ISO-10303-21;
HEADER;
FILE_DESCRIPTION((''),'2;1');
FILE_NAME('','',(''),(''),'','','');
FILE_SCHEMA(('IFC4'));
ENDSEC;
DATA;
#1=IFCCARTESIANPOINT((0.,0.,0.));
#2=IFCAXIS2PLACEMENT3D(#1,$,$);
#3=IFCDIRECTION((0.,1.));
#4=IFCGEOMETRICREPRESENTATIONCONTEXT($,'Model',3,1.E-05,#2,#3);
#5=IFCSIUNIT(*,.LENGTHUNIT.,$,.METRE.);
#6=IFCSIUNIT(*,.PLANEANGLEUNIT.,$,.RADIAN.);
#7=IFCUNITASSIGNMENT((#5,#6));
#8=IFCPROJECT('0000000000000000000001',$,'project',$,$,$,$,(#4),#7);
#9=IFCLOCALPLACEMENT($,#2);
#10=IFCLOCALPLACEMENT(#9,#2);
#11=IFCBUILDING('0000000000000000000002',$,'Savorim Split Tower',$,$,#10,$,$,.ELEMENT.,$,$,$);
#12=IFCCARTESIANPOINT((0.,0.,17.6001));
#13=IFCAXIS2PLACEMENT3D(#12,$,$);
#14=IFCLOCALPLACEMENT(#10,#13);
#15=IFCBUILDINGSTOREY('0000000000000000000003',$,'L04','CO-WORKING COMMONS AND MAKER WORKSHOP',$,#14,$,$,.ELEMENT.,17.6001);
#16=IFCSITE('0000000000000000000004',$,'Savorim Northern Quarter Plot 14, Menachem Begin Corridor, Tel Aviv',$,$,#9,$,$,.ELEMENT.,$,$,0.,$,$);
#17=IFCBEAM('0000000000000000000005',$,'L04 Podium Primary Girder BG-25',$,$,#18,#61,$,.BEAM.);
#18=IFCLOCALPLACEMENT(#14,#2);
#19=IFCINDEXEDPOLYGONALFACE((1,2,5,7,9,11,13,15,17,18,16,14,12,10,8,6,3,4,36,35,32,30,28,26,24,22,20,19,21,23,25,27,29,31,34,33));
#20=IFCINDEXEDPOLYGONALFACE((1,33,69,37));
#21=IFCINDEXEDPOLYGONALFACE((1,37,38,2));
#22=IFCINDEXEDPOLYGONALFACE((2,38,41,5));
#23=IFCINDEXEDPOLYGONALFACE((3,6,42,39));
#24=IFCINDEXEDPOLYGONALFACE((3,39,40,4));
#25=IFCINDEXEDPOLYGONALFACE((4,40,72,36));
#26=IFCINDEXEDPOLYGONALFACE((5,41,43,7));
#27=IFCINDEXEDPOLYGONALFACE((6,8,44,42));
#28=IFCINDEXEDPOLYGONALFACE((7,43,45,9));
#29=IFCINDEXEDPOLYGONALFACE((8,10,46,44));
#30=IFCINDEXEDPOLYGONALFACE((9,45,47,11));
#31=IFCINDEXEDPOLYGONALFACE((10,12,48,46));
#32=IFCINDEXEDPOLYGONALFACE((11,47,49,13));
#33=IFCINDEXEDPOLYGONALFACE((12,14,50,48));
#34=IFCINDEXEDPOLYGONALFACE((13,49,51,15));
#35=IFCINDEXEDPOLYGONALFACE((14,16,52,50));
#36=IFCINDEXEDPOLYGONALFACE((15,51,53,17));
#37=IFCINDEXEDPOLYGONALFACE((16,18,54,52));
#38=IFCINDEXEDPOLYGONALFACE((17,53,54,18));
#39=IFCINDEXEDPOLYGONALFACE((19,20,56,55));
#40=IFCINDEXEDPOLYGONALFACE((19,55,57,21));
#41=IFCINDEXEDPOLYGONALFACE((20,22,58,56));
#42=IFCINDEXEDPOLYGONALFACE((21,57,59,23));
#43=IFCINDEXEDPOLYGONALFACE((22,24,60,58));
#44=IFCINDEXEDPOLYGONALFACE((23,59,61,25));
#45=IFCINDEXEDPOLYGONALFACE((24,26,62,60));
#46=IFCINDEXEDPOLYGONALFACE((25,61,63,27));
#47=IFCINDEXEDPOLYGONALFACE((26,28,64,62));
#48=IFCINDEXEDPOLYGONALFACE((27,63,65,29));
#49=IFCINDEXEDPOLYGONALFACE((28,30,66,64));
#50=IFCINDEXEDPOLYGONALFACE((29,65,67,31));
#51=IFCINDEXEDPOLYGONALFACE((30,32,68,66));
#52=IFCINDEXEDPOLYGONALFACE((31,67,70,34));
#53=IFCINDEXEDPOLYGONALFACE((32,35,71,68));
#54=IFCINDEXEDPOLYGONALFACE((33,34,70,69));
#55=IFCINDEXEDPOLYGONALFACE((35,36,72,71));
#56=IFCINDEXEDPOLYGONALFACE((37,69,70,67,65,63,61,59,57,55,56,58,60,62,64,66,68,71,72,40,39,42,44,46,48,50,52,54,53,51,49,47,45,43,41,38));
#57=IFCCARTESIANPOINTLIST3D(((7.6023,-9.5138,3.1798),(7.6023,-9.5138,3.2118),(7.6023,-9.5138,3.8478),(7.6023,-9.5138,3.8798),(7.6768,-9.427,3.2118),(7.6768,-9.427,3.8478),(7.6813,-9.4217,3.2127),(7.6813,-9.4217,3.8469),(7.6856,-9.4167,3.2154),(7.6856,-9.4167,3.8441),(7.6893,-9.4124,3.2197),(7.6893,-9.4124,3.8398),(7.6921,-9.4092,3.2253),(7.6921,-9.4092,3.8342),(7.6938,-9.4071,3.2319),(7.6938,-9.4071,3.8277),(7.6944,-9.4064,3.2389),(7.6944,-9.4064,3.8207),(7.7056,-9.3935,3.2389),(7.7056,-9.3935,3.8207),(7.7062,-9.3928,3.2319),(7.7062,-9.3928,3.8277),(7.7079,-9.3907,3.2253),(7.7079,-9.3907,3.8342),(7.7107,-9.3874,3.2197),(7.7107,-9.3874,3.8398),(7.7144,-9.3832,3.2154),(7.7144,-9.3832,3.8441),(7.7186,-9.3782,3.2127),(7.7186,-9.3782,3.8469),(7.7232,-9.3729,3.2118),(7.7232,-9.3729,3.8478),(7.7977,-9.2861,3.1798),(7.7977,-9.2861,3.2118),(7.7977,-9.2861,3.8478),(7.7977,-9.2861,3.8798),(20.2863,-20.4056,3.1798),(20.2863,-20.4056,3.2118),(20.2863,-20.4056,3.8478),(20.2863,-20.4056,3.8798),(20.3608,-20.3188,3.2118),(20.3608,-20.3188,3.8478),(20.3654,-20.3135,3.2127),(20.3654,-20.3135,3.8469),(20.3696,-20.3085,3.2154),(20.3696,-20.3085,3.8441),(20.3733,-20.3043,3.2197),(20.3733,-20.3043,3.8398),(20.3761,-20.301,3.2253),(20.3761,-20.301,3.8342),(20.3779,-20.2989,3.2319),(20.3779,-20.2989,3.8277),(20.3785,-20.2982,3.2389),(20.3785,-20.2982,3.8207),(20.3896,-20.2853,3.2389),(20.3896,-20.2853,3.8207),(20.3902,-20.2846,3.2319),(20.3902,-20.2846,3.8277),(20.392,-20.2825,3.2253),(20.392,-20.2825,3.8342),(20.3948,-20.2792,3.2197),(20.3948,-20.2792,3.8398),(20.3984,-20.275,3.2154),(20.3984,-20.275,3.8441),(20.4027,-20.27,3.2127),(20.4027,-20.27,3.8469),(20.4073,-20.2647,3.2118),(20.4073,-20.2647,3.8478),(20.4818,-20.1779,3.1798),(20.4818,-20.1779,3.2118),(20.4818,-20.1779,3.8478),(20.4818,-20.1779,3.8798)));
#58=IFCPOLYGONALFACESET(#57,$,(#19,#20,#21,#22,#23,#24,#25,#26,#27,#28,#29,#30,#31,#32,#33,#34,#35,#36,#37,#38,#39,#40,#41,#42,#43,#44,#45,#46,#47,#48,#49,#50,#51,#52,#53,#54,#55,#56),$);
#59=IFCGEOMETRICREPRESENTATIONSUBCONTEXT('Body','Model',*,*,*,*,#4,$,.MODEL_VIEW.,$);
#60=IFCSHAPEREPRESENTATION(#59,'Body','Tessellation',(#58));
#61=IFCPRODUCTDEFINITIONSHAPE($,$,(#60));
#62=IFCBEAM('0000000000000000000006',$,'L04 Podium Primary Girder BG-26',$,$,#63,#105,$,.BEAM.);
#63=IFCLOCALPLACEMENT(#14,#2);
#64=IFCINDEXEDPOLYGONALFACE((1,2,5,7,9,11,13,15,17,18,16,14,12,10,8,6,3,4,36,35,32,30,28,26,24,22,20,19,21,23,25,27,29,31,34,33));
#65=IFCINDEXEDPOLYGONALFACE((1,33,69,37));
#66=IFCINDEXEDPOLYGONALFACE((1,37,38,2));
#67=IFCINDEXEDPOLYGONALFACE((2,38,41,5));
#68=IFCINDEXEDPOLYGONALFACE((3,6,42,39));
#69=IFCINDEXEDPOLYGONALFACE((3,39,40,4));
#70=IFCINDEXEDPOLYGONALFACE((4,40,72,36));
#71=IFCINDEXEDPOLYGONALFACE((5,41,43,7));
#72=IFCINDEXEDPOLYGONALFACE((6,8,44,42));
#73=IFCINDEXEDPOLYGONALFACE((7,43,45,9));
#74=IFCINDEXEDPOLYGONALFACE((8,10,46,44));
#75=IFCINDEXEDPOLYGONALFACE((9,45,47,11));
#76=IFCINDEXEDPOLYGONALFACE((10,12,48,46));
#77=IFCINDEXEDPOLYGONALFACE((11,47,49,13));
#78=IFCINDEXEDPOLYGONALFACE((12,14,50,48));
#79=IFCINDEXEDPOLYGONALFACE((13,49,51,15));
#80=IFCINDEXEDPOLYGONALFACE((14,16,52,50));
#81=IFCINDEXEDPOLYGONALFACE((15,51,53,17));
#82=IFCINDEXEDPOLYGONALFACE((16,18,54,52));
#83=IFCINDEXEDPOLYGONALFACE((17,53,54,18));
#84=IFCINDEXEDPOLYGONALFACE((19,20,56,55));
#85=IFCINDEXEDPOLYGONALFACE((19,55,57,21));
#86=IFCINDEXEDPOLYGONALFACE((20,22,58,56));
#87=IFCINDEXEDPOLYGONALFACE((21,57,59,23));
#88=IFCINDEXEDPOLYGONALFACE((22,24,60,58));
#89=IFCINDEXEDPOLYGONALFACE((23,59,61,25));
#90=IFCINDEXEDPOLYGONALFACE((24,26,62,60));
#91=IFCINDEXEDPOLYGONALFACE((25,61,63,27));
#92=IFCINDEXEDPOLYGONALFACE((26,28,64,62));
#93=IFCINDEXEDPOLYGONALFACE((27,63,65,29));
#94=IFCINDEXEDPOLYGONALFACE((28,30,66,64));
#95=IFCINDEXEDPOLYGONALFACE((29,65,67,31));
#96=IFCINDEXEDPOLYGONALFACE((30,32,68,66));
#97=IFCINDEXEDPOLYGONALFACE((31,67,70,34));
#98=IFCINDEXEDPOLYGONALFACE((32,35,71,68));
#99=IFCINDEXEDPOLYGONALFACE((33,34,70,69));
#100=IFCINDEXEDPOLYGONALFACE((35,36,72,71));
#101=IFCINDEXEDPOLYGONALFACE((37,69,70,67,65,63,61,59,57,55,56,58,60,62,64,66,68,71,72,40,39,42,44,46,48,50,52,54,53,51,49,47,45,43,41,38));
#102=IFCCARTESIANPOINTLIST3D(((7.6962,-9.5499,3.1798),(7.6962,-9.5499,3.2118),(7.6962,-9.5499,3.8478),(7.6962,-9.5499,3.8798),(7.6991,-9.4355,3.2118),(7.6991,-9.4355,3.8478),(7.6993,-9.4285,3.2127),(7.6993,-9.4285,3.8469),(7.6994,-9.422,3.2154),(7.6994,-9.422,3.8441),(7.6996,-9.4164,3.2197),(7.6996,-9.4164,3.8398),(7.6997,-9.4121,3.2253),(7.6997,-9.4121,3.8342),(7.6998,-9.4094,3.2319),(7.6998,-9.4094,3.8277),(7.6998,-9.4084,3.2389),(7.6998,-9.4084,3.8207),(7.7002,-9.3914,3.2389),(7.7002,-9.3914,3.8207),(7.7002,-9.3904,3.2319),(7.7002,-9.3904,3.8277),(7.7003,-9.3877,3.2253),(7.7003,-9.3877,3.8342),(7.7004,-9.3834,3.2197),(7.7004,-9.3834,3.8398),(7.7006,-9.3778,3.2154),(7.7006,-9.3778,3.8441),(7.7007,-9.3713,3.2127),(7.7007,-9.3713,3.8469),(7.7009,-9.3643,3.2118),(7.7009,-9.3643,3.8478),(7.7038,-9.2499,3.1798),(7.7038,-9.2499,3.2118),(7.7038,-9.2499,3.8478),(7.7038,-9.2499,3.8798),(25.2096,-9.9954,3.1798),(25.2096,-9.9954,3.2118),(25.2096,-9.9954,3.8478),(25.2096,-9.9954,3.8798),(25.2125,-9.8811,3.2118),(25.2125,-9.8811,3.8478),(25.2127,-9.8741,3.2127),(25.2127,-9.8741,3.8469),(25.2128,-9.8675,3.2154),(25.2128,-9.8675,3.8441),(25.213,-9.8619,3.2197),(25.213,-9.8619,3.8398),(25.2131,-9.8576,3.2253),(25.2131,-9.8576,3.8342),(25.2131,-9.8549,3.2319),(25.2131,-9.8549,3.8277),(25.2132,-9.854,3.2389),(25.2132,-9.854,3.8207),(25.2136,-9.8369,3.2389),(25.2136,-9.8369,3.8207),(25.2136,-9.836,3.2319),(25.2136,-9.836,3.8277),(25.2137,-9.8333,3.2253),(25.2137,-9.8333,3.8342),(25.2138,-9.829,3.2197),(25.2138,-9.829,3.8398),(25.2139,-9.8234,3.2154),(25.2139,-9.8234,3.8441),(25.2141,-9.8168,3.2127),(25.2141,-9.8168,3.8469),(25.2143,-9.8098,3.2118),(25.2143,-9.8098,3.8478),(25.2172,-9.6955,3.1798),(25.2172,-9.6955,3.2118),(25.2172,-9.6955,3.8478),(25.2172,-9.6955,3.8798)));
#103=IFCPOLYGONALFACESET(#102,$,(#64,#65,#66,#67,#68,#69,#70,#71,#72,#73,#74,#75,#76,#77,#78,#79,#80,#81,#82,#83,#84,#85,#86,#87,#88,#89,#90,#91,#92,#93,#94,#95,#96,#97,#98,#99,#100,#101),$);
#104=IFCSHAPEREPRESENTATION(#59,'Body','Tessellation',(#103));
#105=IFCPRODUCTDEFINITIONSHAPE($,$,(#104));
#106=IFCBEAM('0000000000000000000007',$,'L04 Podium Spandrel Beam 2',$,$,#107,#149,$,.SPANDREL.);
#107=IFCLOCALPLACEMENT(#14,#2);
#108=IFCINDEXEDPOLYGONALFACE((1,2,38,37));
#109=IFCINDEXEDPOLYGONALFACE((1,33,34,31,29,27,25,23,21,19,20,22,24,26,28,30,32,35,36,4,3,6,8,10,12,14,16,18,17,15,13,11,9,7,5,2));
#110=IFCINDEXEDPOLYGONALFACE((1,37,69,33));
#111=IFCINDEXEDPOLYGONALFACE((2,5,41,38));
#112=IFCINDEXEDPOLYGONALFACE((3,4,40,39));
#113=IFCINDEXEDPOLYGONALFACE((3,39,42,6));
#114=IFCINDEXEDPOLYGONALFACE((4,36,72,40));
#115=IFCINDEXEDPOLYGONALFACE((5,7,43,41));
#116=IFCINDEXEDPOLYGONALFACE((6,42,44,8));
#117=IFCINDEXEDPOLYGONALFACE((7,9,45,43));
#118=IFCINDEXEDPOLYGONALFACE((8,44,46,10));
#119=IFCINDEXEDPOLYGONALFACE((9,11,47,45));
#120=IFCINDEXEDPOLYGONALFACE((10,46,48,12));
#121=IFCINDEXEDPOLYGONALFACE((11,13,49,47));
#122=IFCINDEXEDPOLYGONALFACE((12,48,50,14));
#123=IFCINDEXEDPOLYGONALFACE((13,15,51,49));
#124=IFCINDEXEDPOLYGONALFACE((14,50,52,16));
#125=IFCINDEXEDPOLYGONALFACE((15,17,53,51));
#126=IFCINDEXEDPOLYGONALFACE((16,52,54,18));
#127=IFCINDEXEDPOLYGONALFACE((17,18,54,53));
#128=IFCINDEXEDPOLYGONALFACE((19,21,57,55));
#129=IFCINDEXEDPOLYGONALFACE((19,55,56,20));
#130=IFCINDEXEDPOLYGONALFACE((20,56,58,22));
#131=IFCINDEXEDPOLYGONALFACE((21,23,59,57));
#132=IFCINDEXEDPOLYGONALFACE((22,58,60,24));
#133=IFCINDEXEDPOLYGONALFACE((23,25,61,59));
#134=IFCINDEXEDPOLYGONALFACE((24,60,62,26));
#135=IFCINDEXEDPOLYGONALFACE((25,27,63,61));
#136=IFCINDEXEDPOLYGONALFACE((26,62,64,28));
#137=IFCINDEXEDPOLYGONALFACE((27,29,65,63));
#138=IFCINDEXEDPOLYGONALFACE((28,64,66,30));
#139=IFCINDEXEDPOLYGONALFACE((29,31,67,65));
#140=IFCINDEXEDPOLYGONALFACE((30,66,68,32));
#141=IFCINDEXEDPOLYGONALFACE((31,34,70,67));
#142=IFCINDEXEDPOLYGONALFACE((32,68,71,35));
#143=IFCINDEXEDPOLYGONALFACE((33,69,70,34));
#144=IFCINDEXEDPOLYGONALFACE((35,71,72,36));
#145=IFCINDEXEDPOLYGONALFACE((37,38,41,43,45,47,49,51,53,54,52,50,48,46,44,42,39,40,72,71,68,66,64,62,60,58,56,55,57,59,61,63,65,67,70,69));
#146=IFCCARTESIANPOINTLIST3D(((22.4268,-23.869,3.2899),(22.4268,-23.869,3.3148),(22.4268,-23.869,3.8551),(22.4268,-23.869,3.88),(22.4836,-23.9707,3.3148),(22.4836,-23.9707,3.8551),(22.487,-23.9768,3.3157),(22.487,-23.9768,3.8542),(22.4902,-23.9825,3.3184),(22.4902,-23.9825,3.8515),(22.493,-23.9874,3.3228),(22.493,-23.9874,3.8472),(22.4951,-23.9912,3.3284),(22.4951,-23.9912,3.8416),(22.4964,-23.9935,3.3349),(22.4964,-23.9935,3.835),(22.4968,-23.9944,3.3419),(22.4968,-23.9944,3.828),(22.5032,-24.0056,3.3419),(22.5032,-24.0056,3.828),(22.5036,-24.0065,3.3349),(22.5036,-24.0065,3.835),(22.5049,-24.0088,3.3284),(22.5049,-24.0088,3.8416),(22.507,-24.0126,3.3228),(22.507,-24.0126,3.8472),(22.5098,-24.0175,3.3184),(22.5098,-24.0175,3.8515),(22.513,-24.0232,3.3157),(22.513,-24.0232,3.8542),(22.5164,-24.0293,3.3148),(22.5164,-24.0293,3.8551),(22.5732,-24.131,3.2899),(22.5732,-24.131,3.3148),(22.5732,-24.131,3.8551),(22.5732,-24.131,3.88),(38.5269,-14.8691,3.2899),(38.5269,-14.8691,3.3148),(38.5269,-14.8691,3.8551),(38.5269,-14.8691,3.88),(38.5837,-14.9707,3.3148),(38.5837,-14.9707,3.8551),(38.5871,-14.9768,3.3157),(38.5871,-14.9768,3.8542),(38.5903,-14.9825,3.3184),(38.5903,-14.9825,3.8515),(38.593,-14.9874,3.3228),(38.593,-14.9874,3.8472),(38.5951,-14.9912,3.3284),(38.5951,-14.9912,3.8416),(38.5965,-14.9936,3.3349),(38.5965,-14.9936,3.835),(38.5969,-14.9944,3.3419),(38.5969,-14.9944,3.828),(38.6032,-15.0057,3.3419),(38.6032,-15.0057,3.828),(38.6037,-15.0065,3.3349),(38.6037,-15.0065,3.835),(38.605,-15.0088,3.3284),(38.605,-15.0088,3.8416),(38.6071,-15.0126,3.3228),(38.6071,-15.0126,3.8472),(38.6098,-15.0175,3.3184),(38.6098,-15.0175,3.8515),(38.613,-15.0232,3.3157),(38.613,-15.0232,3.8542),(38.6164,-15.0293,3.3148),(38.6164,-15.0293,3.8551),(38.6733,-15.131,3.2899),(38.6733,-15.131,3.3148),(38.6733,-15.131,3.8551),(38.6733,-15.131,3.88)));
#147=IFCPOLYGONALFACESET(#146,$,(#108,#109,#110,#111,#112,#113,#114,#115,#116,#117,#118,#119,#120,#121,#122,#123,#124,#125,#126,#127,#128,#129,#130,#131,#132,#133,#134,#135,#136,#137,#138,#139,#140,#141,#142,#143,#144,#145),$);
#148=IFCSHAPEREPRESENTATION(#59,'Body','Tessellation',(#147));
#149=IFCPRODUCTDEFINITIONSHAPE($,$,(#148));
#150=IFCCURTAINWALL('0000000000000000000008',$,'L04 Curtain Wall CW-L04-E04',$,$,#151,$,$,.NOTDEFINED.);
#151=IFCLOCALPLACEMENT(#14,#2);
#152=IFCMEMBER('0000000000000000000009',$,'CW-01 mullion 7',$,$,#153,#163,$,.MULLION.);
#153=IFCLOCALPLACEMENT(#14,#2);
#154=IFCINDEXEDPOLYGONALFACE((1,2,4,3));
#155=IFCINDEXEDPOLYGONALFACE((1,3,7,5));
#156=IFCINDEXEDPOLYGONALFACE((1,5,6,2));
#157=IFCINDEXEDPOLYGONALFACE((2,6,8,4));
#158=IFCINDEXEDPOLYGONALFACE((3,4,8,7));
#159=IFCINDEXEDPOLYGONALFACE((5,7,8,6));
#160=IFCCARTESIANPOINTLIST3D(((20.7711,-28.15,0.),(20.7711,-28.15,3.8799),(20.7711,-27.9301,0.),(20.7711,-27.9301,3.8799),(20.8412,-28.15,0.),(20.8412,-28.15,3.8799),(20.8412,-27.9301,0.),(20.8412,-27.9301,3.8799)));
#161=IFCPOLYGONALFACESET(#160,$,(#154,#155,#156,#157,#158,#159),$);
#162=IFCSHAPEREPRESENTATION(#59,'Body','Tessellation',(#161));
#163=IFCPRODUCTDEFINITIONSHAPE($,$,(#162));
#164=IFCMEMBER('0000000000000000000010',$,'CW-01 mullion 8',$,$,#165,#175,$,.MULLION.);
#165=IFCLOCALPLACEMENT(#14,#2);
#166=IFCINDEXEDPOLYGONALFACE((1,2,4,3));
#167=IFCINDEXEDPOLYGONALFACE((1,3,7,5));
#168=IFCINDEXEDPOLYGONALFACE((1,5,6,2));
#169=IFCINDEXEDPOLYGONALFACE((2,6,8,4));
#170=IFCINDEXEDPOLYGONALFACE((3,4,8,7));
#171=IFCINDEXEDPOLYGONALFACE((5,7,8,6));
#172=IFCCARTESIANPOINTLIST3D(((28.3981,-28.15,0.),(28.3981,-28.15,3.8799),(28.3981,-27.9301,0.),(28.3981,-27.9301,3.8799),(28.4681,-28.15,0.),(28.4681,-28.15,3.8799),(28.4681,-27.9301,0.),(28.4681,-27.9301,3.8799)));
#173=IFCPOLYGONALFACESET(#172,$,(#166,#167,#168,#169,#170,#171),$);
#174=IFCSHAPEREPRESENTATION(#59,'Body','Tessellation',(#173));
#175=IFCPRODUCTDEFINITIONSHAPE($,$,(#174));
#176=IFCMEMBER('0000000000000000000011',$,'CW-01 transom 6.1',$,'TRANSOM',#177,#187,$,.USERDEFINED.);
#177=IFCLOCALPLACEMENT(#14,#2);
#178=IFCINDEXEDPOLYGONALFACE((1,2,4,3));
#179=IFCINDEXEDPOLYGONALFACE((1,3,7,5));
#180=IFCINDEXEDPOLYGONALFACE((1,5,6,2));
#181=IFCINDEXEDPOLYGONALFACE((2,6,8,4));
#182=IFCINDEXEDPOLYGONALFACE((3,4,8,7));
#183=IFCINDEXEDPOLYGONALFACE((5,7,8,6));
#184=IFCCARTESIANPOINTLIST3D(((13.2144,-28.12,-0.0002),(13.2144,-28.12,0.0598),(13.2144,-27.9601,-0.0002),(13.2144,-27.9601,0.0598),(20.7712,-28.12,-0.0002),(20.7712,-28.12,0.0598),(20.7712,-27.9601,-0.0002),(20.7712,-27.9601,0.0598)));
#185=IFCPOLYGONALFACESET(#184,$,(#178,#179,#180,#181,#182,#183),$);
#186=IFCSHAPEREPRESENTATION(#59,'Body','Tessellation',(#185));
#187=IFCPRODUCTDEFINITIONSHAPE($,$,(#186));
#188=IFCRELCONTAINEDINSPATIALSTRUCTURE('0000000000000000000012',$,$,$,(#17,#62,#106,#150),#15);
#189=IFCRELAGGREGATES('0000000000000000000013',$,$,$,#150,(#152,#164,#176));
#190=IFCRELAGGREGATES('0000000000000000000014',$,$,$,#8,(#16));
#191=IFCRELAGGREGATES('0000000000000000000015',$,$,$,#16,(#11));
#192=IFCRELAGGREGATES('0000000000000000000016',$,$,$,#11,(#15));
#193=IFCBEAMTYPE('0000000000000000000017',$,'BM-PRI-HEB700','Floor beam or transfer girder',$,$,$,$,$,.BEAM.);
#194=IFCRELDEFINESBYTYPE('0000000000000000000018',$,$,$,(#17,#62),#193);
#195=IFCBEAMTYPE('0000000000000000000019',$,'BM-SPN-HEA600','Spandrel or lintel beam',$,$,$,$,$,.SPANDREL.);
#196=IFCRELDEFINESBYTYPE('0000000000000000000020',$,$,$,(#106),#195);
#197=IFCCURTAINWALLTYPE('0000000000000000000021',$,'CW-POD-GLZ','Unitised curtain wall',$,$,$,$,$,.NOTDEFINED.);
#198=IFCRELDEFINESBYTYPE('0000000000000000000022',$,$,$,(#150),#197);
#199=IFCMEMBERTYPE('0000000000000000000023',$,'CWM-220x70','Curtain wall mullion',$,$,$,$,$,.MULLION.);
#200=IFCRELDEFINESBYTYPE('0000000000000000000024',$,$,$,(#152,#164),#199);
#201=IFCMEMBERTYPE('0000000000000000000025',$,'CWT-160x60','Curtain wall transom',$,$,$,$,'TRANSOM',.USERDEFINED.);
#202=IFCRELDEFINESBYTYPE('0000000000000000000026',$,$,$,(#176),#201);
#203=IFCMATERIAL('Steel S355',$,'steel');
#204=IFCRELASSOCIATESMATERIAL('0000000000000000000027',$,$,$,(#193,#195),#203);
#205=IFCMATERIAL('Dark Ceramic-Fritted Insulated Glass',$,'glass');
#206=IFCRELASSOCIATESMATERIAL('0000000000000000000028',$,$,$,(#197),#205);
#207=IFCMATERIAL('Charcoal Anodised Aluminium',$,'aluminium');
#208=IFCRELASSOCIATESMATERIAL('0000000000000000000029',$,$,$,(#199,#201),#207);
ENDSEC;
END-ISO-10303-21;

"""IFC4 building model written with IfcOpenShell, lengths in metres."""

from ifc_helpers import new_model, si_unit, direction, frame, origin, origin_2d, place, context, subcontext, project, spatial, rectangle, i_section, extrude, material, material_profile, profile_set, type_object, element, aggregate, save


model = new_model("IFC4")

# Units and contexts
model_context = context("Model", 3, precision=1e-05, world=origin(), true_north=direction((0.0, 1.0)))
body_context = subcontext(model_context, "Body", "Model", "MODEL_VIEW")
ifc_project = project(units=[si_unit("LENGTHUNIT", "METRE"), si_unit("PLANEANGLEUNIT", "RADIAN")], contexts=[model_context])

# Site, building, storey
site_placement = place(None, origin())
site = spatial("IfcSite", under=ifc_project, at=site_placement, Name="Savorim Northern Quarter Plot 14, Menachem Begin Corridor, Tel Aviv", CompositionType="ELEMENT", RefElevation=0.0)
building_placement = place(site_placement, origin())
building = spatial("IfcBuilding", under=site, at=building_placement, Name="Savorim Split Tower", CompositionType="ELEMENT")
storey_placement = place(building_placement, frame((0.0, 0.0, 17.6001)))
storey = spatial("IfcBuildingStorey", under=building, at=storey_placement, Name="L04", Description="CO-WORKING COMMONS AND MAKER WORKSHOP", CompositionType="ELEMENT", Elevation=17.6001)

# Beams
ifc_material_1 = material(Name="Steel S355", Category="steel")
ifc_material_profile_1 = material_profile(ifc_material_1, i_section(OverallWidth=0.3, OverallDepth=0.7, WebThickness=0.0171, FlangeThickness=0.032, FilletRadius=0.0271, at=origin_2d()), Name="HEB 700")
ifc_profile_set_1 = profile_set([ifc_material_profile_1], Name="Steel S355")
beam_type_1 = type_object("IfcBeamType", Name="BM-PRI-HEB700", Description="Floor beam or transfer girder", PredefinedType="BEAM", material=ifc_profile_set_1)
beam_1_placement = place(storey_placement, frame((20.384, -20.2917, 3.5298), z_axis=(-0.758672, 0.651473, 0.0), x_axis=(-0.651473, -0.758672, 0.0)))
element("IfcBeam", 1, at=beam_1_placement, inside=storey, type_object=beam_type_1, Name="L04 Podium Primary Girder BG-25", PredefinedType="BEAM", context=body_context, shape_type="SweptSolid", body=[
    extrude(i_section(OverallWidth=0.3, OverallDepth=0.7, WebThickness=0.0171, FlangeThickness=0.032, FilletRadius=0.0271, at=origin_2d()), origin(), (0.0, 0.0, 1.0), 16.7188),
])
beam_2_placement = place(storey_placement, frame((25.2134, -9.8455, 3.5298), z_axis=(-0.999677, 0.025433, 0.0), x_axis=(-0.025433, -0.999677, 0.0)))
element("IfcBeam", 2, at=beam_2_placement, inside=storey, type_object=beam_type_1, Name="L04 Podium Primary Girder BG-26", PredefinedType="BEAM", context=body_context, shape_type="SweptSolid", body=[
    extrude(i_section(OverallWidth=0.3, OverallDepth=0.7, WebThickness=0.0171, FlangeThickness=0.032, FilletRadius=0.0271, at=origin_2d()), origin(), (0.0, 0.0, 1.0), 17.519),
])
ifc_material_profile_2 = material_profile(ifc_material_1, i_section(OverallWidth=0.3, OverallDepth=0.5901, WebThickness=0.0129, FlangeThickness=0.0249, FilletRadius=0.0271, at=origin_2d()), Name="HEA 600")
ifc_profile_set_2 = profile_set([ifc_material_profile_2], Name="Steel S355")
beam_type_2 = type_object("IfcBeamType", Name="BM-SPN-HEA600", Description="Spandrel or lintel beam", PredefinedType="SPANDREL", material=ifc_profile_set_2)
beam_3_placement = place(storey_placement, frame((22.5, -24.0, 3.585), z_axis=(0.872877, 0.487941, 0.0), x_axis=(-0.487941, 0.872877, 0.0)))
element("IfcBeam", 3, at=beam_3_placement, inside=storey, type_object=beam_type_2, Name="L04 Podium Spandrel Beam 2", PredefinedType="SPANDREL", context=body_context, shape_type="SweptSolid", body=[
    extrude(i_section(OverallWidth=0.3, OverallDepth=0.5901, WebThickness=0.0129, FlangeThickness=0.0249, FilletRadius=0.0271, at=origin_2d()), origin(), (0.0, 0.0, 1.0), 18.4448),
])

# Curtain wall, members
ifc_material_2 = material(Name="Dark Ceramic-Fritted Insulated Glass", Category="glass")
curtain_wall_type = type_object("IfcCurtainWallType", Name="CW-POD-GLZ", Description="Unitised curtain wall", PredefinedType="NOTDEFINED", material=ifc_material_2)
curtain_wall_placement = place(storey_placement, origin())
curtain_wall = element("IfcCurtainWall", 4, at=curtain_wall_placement, inside=storey, type_object=curtain_wall_type, Name="L04 Curtain Wall CW-L04-E04", PredefinedType="NOTDEFINED")
ifc_material_3 = material(Name="Charcoal Anodised Aluminium", Category="aluminium")
ifc_material_profile_3 = material_profile(ifc_material_3, rectangle(XDim=0.22, YDim=0.0701, at=origin_2d()), Name="ALU-M 220x70")
ifc_profile_set_3 = profile_set([ifc_material_profile_3], Name="Charcoal Anodised Aluminium")
member_type_1 = type_object("IfcMemberType", Name="CWM-220x70", Description="Curtain wall mullion", PredefinedType="MULLION", material=ifc_profile_set_3)
member_1_placement = place(storey_placement, frame((20.8062, -28.04, 0.0), z_axis=(0.0, 0.0, 1.0), x_axis=(0.0, 1.0, 0.0)))
member_1 = element("IfcMember", 5, at=member_1_placement, type_object=member_type_1, Name="CW-01 mullion 7", PredefinedType="MULLION", context=body_context, shape_type="SweptSolid", body=[
    extrude(rectangle(XDim=0.22, YDim=0.0701, at=origin_2d()), origin(), (0.0, 0.0, 1.0), 3.8799),
])
member_2_placement = place(storey_placement, frame((28.4331, -28.04, 0.0), z_axis=(0.0, 0.0, 1.0), x_axis=(0.0, 1.0, 0.0)))
member_2 = element("IfcMember", 6, at=member_2_placement, type_object=member_type_1, Name="CW-01 mullion 8", PredefinedType="MULLION", context=body_context, shape_type="SweptSolid", body=[
    extrude(rectangle(XDim=0.22, YDim=0.0701, at=origin_2d()), origin(), (0.0, 0.0, 1.0), 3.8799),
])
ifc_material_profile_4 = material_profile(ifc_material_3, rectangle(XDim=0.1599, YDim=0.0601, at=origin_2d()), Name="ALU-T 160x60")
ifc_profile_set_4 = profile_set([ifc_material_profile_4], Name="Charcoal Anodised Aluminium")
member_type_2 = type_object("IfcMemberType", Name="CWT-160x60", Description="Curtain wall transom", ElementType="TRANSOM", PredefinedType="USERDEFINED", material=ifc_profile_set_4)
member_3_placement = place(storey_placement, frame((13.2144, -28.04, 0.0298), z_axis=(1.0, 0.0, 0.0), x_axis=(0.0, 1.0, 0.0)))
member_3 = element("IfcMember", 7, at=member_3_placement, type_object=member_type_2, Name="CW-01 transom 6.1", ObjectType="TRANSOM", PredefinedType="USERDEFINED", context=body_context, shape_type="SweptSolid", body=[
    extrude(rectangle(XDim=0.1599, YDim=0.0601, at=origin_2d()), origin(), (0.0, 0.0, 1.0), 7.5569),
])
aggregate(curtain_wall, [member_1, member_2, member_3])

save(model, "model.ifc")
